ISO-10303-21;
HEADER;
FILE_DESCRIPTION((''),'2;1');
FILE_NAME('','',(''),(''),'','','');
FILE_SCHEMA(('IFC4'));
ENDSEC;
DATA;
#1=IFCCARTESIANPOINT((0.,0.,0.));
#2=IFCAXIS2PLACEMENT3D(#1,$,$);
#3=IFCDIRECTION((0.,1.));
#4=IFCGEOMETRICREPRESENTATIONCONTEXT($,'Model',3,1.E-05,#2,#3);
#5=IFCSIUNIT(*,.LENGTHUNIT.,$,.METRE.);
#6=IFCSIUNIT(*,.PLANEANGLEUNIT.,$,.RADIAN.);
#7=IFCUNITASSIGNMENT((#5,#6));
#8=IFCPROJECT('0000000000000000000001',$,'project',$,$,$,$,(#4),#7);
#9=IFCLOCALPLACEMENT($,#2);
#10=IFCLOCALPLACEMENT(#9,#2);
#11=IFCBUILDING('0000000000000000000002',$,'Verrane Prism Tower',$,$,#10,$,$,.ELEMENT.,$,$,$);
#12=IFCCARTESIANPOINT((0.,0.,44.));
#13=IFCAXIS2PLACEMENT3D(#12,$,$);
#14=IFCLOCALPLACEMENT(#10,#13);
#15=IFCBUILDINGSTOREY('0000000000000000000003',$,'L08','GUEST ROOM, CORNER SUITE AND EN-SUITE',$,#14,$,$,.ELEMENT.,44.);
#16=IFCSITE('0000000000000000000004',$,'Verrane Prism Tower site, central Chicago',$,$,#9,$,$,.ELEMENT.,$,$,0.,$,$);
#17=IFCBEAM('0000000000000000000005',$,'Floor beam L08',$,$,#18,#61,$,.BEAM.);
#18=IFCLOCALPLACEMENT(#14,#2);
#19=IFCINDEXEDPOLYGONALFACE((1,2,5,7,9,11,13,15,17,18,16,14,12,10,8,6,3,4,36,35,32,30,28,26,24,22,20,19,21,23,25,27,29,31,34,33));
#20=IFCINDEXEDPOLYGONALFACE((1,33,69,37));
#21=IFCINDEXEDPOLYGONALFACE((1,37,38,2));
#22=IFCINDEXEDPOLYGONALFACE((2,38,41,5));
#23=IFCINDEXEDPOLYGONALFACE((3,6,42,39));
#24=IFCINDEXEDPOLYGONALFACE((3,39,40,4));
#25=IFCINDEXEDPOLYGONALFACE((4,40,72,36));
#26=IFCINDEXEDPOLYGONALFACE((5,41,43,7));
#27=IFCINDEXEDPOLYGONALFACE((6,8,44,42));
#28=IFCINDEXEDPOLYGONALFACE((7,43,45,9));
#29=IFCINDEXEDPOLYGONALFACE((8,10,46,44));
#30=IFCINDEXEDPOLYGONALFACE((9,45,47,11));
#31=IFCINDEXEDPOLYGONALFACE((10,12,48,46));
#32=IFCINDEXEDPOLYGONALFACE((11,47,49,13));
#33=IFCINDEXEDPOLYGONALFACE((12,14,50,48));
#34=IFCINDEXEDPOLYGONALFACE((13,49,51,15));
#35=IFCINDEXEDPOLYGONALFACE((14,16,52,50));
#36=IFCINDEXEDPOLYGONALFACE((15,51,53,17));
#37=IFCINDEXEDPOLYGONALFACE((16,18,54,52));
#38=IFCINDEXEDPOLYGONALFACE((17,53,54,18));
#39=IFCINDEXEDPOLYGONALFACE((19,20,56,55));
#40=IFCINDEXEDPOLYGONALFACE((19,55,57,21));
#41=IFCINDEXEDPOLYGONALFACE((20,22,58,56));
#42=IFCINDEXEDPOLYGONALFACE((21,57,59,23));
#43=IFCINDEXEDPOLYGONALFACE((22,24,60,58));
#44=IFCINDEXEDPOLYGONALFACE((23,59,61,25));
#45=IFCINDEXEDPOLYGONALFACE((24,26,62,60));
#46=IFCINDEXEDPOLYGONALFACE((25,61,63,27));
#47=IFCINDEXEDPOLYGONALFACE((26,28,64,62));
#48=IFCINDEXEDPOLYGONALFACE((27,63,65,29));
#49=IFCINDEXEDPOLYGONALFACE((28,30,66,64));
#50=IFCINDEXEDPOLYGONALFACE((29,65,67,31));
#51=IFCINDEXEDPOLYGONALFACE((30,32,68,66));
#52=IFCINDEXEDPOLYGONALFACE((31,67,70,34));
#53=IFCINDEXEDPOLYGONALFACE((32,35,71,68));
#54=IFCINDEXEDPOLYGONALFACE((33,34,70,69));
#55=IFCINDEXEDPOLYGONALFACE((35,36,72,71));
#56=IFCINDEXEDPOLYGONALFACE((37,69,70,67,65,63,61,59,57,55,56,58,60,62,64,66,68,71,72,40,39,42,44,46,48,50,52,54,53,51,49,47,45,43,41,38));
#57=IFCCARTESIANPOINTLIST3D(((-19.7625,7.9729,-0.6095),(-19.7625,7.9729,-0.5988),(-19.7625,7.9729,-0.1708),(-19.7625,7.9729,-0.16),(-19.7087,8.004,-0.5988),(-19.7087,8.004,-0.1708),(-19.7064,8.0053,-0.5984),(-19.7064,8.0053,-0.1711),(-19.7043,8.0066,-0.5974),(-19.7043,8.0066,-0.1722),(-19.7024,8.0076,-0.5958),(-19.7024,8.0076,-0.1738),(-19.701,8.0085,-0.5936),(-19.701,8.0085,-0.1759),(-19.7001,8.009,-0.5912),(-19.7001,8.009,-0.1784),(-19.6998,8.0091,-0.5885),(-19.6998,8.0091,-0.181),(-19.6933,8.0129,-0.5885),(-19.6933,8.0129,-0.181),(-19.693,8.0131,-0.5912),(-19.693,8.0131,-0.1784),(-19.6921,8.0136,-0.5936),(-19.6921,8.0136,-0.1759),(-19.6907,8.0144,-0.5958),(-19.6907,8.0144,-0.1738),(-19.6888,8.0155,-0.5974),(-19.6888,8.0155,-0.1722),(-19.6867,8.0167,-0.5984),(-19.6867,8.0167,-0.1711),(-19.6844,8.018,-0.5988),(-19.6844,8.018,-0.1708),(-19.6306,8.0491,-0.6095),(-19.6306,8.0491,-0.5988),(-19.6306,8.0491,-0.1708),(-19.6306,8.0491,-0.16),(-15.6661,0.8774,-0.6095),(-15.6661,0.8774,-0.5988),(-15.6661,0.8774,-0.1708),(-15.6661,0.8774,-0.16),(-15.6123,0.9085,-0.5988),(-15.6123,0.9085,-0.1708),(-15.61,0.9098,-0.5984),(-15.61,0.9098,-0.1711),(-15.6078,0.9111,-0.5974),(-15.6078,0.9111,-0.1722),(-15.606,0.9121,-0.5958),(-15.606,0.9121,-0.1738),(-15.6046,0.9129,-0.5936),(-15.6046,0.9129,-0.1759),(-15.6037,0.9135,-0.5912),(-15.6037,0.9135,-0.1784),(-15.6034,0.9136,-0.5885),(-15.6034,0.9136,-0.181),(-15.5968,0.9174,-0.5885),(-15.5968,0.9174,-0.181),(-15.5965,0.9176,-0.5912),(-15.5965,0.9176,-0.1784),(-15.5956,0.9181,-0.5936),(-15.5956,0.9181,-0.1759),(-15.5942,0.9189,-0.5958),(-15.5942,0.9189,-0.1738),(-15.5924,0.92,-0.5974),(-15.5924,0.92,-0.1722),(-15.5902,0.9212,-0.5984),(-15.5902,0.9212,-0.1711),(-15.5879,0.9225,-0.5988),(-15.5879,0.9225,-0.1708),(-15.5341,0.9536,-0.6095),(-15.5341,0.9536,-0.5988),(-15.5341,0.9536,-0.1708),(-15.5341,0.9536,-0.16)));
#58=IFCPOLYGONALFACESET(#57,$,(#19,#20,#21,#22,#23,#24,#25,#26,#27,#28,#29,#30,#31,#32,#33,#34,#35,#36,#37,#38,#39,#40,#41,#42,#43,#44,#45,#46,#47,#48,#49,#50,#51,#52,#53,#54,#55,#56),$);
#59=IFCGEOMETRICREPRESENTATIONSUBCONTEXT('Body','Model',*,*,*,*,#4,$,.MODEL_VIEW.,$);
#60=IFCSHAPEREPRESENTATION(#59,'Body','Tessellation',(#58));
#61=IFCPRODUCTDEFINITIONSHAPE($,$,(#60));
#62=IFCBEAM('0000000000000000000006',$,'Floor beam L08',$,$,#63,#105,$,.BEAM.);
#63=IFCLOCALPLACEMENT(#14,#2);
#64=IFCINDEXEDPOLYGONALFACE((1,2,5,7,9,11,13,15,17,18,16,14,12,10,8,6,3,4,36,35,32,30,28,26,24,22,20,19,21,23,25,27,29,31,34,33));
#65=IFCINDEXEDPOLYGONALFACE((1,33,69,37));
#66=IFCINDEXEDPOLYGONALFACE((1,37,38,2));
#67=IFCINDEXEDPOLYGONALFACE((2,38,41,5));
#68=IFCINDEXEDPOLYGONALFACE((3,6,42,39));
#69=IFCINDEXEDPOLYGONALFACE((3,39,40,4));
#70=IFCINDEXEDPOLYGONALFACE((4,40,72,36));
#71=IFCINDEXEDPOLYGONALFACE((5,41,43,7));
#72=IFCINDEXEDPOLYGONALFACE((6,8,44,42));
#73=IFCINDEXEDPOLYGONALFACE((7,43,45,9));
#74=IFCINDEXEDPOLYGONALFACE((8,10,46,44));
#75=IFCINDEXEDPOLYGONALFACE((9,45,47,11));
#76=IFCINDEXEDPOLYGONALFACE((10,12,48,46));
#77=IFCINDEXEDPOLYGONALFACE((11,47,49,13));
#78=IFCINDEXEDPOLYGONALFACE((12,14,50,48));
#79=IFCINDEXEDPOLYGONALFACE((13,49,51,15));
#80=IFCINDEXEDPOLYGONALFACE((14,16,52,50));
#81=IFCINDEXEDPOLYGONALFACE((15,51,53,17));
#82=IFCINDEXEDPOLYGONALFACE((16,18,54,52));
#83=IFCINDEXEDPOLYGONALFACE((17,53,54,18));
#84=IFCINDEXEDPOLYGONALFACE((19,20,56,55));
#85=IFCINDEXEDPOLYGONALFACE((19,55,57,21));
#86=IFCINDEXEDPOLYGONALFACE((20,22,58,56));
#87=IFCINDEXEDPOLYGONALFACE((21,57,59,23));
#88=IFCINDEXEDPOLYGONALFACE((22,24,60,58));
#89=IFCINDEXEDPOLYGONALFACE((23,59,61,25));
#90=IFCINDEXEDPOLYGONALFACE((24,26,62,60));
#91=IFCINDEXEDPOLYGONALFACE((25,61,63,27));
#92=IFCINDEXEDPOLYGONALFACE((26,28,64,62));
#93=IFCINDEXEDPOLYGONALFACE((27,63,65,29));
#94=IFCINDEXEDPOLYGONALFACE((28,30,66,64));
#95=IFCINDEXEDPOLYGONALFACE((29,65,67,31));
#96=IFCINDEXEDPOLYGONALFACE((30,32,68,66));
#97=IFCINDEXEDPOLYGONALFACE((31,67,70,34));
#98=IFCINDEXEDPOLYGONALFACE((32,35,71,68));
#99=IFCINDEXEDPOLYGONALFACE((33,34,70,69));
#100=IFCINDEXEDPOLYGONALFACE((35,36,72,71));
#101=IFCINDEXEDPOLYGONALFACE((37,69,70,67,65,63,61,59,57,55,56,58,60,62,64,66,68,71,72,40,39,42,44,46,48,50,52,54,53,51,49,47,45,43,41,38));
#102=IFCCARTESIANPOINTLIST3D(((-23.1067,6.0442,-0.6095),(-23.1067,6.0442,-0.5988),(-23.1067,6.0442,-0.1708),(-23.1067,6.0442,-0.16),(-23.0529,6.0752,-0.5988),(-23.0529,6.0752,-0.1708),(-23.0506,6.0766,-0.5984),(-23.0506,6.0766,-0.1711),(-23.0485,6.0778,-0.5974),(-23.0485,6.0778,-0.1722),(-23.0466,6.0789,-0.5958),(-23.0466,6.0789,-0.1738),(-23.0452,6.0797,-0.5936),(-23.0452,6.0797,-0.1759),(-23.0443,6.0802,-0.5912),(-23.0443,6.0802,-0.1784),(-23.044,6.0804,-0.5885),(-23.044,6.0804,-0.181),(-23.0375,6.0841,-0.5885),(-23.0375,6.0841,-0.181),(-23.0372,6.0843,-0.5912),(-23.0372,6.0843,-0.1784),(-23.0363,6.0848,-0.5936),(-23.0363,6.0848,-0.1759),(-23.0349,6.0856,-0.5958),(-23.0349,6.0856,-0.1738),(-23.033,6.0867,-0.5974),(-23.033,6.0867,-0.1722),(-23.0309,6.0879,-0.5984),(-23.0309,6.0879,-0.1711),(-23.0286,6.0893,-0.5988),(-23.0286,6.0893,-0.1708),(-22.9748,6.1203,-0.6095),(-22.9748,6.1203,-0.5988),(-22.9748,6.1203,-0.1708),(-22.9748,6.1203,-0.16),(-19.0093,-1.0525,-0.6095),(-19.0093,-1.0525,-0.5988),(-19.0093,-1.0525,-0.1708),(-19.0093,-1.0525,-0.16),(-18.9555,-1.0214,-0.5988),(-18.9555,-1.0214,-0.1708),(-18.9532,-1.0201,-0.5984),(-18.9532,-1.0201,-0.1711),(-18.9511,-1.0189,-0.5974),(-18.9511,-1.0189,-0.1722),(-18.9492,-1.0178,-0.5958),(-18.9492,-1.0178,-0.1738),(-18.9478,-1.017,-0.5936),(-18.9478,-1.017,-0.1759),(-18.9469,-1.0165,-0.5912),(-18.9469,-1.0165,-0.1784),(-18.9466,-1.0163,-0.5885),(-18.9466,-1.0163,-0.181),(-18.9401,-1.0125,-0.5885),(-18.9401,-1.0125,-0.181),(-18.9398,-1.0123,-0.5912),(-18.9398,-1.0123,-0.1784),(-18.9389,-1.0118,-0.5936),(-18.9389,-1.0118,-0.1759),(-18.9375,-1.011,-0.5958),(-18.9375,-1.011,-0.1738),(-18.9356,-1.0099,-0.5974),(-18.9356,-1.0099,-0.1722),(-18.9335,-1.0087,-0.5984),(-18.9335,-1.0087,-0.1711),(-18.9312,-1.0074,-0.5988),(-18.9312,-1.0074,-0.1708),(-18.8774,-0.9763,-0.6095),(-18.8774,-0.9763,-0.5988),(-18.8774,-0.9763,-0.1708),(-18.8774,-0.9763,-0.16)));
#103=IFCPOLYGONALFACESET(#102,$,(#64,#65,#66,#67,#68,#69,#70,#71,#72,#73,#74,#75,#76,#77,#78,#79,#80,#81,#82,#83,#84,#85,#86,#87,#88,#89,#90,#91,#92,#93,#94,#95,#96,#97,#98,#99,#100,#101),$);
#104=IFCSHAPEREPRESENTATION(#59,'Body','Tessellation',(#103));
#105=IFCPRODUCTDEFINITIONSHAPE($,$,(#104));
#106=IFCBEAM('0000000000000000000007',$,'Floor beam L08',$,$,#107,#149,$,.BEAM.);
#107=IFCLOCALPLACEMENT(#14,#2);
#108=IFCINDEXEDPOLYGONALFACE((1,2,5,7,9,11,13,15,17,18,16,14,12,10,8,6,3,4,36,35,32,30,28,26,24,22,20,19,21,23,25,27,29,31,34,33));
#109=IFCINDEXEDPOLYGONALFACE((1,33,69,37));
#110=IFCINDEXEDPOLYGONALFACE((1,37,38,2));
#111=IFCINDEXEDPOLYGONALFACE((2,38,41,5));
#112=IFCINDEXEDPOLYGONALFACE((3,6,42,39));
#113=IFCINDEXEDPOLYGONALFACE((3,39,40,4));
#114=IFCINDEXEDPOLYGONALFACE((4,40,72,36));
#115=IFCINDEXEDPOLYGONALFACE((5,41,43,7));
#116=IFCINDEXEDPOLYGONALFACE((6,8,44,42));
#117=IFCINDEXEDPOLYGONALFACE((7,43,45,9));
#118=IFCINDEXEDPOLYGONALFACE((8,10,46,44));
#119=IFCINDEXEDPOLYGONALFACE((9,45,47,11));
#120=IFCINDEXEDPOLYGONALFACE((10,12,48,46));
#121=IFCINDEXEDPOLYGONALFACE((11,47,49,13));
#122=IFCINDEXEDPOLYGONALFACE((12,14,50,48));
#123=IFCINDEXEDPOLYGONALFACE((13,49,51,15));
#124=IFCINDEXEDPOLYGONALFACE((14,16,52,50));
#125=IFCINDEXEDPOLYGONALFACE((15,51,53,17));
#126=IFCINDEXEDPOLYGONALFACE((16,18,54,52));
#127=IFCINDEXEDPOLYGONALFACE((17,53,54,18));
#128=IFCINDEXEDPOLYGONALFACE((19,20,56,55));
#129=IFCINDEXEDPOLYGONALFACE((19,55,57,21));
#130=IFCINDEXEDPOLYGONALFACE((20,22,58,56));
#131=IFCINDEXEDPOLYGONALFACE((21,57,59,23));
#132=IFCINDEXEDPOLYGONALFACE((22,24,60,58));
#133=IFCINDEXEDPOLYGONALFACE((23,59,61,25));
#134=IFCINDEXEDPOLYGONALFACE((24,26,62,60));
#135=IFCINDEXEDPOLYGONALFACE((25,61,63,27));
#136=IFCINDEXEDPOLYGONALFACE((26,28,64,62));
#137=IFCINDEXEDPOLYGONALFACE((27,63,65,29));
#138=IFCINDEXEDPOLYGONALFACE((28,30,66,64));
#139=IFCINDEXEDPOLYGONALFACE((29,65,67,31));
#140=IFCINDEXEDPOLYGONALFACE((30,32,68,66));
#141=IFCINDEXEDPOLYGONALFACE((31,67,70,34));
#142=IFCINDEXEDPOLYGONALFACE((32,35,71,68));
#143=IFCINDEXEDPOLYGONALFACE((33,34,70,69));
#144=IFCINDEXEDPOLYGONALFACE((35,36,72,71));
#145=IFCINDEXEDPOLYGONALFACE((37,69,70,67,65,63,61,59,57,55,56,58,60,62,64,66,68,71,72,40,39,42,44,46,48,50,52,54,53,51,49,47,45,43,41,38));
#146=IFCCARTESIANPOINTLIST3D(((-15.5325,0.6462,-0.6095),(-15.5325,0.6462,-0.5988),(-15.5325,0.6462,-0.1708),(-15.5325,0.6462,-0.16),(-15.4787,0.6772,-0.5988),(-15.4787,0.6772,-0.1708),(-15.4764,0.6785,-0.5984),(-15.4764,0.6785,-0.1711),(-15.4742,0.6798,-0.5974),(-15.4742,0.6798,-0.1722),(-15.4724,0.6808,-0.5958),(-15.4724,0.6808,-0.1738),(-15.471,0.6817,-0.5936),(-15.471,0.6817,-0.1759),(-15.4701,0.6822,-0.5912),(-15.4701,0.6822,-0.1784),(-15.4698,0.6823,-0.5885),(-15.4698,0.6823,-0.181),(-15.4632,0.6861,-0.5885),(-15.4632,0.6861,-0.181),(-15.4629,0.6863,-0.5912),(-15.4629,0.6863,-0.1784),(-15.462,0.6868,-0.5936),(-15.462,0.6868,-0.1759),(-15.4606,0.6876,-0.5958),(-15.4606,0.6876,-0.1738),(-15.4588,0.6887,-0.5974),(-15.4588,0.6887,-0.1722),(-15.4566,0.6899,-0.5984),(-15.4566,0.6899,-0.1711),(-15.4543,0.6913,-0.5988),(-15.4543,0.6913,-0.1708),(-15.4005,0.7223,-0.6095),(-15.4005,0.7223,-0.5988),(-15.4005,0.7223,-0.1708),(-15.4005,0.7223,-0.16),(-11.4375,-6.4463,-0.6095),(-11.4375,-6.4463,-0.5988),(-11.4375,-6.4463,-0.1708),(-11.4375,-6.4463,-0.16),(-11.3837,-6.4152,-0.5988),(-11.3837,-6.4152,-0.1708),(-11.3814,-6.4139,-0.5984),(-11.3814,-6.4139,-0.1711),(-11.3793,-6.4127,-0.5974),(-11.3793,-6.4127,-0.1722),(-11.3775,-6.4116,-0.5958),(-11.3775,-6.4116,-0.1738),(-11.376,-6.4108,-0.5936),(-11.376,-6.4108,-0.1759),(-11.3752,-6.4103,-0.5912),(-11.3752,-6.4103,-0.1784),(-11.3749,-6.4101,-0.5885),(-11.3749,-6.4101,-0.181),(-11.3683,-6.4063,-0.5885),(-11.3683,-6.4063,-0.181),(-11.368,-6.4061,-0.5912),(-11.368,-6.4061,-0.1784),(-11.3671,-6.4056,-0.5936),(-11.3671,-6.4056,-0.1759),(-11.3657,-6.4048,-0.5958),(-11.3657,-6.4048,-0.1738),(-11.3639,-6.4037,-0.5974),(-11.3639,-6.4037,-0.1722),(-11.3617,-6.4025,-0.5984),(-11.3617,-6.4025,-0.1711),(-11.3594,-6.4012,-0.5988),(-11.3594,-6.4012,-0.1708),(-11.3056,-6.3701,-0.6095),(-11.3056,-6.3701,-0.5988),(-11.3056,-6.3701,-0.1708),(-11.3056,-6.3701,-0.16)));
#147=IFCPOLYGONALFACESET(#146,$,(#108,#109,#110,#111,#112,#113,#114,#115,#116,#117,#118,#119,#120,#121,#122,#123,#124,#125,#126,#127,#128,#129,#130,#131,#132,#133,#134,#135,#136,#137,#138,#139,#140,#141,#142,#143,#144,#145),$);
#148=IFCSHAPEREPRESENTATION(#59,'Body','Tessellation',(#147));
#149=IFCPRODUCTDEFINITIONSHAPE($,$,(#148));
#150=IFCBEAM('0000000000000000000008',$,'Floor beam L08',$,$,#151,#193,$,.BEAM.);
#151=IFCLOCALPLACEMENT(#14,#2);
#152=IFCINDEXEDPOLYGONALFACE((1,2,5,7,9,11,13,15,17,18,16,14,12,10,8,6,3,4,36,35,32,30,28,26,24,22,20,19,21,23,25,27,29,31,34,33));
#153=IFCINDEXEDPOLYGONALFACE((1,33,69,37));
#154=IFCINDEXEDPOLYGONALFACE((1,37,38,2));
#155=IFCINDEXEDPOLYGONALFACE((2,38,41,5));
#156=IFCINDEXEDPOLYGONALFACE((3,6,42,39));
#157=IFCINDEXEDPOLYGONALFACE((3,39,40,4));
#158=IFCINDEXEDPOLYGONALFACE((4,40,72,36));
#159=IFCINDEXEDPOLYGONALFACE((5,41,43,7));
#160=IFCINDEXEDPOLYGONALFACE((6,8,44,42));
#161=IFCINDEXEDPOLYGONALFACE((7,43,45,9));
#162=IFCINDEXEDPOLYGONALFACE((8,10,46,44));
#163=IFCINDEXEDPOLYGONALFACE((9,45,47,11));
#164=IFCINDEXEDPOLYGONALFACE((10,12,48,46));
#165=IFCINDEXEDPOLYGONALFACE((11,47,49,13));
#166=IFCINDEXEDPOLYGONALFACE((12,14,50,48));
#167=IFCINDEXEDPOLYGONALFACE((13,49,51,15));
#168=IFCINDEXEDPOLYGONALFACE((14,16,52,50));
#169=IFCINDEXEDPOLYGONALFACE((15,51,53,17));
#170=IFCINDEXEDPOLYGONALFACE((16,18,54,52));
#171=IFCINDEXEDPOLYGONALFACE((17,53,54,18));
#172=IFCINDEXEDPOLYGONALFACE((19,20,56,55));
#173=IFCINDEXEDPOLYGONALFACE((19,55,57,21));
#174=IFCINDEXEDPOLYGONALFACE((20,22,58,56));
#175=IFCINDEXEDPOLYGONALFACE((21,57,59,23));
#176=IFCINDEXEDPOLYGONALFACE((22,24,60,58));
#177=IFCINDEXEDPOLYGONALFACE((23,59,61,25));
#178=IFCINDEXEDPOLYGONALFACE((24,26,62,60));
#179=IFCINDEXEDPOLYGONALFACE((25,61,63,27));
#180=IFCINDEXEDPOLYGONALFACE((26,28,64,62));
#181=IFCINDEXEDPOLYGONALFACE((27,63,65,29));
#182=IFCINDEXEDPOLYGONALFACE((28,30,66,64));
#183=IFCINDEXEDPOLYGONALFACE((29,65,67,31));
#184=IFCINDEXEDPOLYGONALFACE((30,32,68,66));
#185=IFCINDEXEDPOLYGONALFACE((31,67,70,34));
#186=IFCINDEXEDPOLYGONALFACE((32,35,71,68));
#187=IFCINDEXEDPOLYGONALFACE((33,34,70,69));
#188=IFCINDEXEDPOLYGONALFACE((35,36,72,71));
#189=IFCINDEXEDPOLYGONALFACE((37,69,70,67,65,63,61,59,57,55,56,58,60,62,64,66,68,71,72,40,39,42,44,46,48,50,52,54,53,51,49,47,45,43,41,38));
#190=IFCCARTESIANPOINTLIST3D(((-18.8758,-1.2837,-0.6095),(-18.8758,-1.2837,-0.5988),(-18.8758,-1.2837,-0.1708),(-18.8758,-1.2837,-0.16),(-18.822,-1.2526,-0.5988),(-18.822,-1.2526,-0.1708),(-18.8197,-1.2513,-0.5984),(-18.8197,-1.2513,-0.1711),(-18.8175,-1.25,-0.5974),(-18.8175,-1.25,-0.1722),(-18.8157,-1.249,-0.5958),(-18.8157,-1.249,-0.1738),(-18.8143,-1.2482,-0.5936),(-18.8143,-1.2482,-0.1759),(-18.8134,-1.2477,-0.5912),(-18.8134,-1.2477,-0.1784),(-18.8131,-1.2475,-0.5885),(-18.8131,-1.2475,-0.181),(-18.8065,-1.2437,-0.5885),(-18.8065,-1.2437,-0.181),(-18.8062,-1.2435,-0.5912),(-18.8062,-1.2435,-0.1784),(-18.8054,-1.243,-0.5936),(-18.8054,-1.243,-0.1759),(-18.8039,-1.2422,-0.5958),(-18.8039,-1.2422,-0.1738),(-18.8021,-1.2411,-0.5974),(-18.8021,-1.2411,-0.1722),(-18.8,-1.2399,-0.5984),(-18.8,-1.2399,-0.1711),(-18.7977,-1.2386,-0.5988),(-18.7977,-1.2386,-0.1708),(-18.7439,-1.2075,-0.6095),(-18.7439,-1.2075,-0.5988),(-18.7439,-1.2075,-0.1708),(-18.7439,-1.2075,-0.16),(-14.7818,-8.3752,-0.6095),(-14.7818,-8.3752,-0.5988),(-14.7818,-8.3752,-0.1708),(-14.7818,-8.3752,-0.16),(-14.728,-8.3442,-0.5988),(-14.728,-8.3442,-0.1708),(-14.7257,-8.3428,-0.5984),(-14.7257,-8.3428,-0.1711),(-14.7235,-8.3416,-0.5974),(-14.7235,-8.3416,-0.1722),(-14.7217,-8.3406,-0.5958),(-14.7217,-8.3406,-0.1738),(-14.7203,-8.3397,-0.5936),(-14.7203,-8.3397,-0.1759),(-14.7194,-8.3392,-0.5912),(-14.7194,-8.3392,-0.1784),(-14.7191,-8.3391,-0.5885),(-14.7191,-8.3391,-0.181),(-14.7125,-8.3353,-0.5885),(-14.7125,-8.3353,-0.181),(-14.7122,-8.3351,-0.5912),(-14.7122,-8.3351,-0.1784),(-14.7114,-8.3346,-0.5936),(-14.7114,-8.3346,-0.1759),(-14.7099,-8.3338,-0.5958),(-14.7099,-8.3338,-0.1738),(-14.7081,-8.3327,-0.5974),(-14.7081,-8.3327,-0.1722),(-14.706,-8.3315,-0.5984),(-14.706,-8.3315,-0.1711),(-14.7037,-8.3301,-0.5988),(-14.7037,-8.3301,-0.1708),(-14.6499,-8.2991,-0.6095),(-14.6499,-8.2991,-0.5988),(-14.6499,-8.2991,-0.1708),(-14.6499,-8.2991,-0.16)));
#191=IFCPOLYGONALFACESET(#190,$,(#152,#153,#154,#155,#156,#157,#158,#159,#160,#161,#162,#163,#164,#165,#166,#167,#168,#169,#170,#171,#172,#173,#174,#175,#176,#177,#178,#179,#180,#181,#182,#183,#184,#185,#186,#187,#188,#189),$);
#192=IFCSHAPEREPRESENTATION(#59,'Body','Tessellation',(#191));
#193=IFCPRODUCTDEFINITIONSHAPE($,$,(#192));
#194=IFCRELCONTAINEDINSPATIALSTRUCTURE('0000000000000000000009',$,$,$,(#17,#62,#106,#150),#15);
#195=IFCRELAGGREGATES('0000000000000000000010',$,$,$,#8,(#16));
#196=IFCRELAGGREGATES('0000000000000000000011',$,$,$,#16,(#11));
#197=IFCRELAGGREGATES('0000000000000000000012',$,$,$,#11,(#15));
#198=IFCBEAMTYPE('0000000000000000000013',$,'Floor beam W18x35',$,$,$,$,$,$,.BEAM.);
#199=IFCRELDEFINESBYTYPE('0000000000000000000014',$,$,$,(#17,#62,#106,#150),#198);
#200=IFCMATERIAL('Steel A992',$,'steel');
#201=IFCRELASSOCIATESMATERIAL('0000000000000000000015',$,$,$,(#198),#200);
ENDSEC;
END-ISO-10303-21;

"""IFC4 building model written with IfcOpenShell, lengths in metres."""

from ifc_helpers import new_model, si_unit, direction, frame, origin, origin_2d, place, context, subcontext, project, spatial, i_section, extrude, material, material_profile, profile_set, type_object, element, save


model = new_model("IFC4")

# Units and contexts
model_context = context("Model", 3, precision=1e-05, world=origin(), true_north=direction((0.0, 1.0)))
body_context = subcontext(model_context, "Body", "Model", "MODEL_VIEW")
ifc_project = project(units=[si_unit("LENGTHUNIT", "METRE"), si_unit("PLANEANGLEUNIT", "RADIAN")], contexts=[model_context])

# Site, building, storey
site_placement = place(None, origin())
site = spatial("IfcSite", under=ifc_project, at=site_placement, Name="Verrane Prism Tower site, central Chicago", CompositionType="ELEMENT", RefElevation=0.0)
building_placement = place(site_placement, origin())
building = spatial("IfcBuilding", under=site, at=building_placement, Name="Verrane Prism Tower", CompositionType="ELEMENT")
storey_placement = place(building_placement, frame((0.0, 0.0, 44.0)))
storey = spatial("IfcBuildingStorey", under=building, at=storey_placement, Name="L08", Description="GUEST ROOM, CORNER SUITE AND EN-SUITE", CompositionType="ELEMENT", Elevation=44.0)

# Beams
ifc_material_1 = material(Name="Steel A992", Category="steel")
ifc_material_profile_1 = material_profile(ifc_material_1, i_section(OverallWidth=0.1523, OverallDepth=0.4495, WebThickness=0.0076, FlangeThickness=0.0107, FilletRadius=0.0103, at=origin_2d()), Name="W18x35")
ifc_profile_set_1 = profile_set([ifc_material_profile_1], Name="Steel A992")
beam_type_1 = type_object("IfcBeamType", Name="Floor beam W18x35", PredefinedType="BEAM", material=ifc_profile_set_1)
beam_1_placement = place(storey_placement, frame((-15.6001, 0.9155, -0.3848), z_axis=(-0.499988, 0.866032, 0.0), x_axis=(-0.866032, -0.499988, 0.0)))
element("IfcBeam", 1, at=beam_1_placement, inside=storey, type_object=beam_type_1, Name="Floor beam L08", PredefinedType="BEAM", context=body_context, shape_type="SweptSolid", body=[
    extrude(i_section(OverallWidth=0.1523, OverallDepth=0.4495, WebThickness=0.0076, FlangeThickness=0.0107, FilletRadius=0.0103, at=origin_2d()), origin(), (0.0, 0.0, 1.0), 8.1931),
])
beam_2_placement = place(storey_placement, frame((-18.9434, -1.0144, -0.3848), z_axis=(-0.500013, 0.866018, 0.0), x_axis=(-0.866018, -0.500013, 0.0)))
element("IfcBeam", 2, at=beam_2_placement, inside=storey, type_object=beam_type_1, Name="Floor beam L08", PredefinedType="BEAM", context=body_context, shape_type="SweptSolid", body=[
    extrude(i_section(OverallWidth=0.1523, OverallDepth=0.4495, WebThickness=0.0076, FlangeThickness=0.0107, FilletRadius=0.0103, at=origin_2d()), origin(), (0.0, 0.0, 1.0), 8.1946),
])
beam_3_placement = place(storey_placement, frame((-11.3716, -6.4082, -0.3848), z_axis=(-0.500009, 0.86602, 0.0), x_axis=(-0.86602, -0.500009, 0.0)))
element("IfcBeam", 3, at=beam_3_placement, inside=storey, type_object=beam_type_1, Name="Floor beam L08", PredefinedType="BEAM", context=body_context, shape_type="SweptSolid", body=[
    extrude(i_section(OverallWidth=0.1523, OverallDepth=0.4495, WebThickness=0.0076, FlangeThickness=0.0107, FilletRadius=0.0103, at=origin_2d()), origin(), (0.0, 0.0, 1.0), 8.1897),
])
beam_4_placement = place(storey_placement, frame((-14.7158, -8.3372, -0.3848), z_axis=(-0.499971, 0.866042, 0.0), x_axis=(-0.866042, -0.499971, 0.0)))
element("IfcBeam", 4, at=beam_4_placement, inside=storey, type_object=beam_type_1, Name="Floor beam L08", PredefinedType="BEAM", context=body_context, shape_type="SweptSolid", body=[
    extrude(i_section(OverallWidth=0.1523, OverallDepth=0.4495, WebThickness=0.0076, FlangeThickness=0.0107, FilletRadius=0.0103, at=origin_2d()), origin(), (0.0, 0.0, 1.0), 8.1885),
])

save(model, "model.ifc")
